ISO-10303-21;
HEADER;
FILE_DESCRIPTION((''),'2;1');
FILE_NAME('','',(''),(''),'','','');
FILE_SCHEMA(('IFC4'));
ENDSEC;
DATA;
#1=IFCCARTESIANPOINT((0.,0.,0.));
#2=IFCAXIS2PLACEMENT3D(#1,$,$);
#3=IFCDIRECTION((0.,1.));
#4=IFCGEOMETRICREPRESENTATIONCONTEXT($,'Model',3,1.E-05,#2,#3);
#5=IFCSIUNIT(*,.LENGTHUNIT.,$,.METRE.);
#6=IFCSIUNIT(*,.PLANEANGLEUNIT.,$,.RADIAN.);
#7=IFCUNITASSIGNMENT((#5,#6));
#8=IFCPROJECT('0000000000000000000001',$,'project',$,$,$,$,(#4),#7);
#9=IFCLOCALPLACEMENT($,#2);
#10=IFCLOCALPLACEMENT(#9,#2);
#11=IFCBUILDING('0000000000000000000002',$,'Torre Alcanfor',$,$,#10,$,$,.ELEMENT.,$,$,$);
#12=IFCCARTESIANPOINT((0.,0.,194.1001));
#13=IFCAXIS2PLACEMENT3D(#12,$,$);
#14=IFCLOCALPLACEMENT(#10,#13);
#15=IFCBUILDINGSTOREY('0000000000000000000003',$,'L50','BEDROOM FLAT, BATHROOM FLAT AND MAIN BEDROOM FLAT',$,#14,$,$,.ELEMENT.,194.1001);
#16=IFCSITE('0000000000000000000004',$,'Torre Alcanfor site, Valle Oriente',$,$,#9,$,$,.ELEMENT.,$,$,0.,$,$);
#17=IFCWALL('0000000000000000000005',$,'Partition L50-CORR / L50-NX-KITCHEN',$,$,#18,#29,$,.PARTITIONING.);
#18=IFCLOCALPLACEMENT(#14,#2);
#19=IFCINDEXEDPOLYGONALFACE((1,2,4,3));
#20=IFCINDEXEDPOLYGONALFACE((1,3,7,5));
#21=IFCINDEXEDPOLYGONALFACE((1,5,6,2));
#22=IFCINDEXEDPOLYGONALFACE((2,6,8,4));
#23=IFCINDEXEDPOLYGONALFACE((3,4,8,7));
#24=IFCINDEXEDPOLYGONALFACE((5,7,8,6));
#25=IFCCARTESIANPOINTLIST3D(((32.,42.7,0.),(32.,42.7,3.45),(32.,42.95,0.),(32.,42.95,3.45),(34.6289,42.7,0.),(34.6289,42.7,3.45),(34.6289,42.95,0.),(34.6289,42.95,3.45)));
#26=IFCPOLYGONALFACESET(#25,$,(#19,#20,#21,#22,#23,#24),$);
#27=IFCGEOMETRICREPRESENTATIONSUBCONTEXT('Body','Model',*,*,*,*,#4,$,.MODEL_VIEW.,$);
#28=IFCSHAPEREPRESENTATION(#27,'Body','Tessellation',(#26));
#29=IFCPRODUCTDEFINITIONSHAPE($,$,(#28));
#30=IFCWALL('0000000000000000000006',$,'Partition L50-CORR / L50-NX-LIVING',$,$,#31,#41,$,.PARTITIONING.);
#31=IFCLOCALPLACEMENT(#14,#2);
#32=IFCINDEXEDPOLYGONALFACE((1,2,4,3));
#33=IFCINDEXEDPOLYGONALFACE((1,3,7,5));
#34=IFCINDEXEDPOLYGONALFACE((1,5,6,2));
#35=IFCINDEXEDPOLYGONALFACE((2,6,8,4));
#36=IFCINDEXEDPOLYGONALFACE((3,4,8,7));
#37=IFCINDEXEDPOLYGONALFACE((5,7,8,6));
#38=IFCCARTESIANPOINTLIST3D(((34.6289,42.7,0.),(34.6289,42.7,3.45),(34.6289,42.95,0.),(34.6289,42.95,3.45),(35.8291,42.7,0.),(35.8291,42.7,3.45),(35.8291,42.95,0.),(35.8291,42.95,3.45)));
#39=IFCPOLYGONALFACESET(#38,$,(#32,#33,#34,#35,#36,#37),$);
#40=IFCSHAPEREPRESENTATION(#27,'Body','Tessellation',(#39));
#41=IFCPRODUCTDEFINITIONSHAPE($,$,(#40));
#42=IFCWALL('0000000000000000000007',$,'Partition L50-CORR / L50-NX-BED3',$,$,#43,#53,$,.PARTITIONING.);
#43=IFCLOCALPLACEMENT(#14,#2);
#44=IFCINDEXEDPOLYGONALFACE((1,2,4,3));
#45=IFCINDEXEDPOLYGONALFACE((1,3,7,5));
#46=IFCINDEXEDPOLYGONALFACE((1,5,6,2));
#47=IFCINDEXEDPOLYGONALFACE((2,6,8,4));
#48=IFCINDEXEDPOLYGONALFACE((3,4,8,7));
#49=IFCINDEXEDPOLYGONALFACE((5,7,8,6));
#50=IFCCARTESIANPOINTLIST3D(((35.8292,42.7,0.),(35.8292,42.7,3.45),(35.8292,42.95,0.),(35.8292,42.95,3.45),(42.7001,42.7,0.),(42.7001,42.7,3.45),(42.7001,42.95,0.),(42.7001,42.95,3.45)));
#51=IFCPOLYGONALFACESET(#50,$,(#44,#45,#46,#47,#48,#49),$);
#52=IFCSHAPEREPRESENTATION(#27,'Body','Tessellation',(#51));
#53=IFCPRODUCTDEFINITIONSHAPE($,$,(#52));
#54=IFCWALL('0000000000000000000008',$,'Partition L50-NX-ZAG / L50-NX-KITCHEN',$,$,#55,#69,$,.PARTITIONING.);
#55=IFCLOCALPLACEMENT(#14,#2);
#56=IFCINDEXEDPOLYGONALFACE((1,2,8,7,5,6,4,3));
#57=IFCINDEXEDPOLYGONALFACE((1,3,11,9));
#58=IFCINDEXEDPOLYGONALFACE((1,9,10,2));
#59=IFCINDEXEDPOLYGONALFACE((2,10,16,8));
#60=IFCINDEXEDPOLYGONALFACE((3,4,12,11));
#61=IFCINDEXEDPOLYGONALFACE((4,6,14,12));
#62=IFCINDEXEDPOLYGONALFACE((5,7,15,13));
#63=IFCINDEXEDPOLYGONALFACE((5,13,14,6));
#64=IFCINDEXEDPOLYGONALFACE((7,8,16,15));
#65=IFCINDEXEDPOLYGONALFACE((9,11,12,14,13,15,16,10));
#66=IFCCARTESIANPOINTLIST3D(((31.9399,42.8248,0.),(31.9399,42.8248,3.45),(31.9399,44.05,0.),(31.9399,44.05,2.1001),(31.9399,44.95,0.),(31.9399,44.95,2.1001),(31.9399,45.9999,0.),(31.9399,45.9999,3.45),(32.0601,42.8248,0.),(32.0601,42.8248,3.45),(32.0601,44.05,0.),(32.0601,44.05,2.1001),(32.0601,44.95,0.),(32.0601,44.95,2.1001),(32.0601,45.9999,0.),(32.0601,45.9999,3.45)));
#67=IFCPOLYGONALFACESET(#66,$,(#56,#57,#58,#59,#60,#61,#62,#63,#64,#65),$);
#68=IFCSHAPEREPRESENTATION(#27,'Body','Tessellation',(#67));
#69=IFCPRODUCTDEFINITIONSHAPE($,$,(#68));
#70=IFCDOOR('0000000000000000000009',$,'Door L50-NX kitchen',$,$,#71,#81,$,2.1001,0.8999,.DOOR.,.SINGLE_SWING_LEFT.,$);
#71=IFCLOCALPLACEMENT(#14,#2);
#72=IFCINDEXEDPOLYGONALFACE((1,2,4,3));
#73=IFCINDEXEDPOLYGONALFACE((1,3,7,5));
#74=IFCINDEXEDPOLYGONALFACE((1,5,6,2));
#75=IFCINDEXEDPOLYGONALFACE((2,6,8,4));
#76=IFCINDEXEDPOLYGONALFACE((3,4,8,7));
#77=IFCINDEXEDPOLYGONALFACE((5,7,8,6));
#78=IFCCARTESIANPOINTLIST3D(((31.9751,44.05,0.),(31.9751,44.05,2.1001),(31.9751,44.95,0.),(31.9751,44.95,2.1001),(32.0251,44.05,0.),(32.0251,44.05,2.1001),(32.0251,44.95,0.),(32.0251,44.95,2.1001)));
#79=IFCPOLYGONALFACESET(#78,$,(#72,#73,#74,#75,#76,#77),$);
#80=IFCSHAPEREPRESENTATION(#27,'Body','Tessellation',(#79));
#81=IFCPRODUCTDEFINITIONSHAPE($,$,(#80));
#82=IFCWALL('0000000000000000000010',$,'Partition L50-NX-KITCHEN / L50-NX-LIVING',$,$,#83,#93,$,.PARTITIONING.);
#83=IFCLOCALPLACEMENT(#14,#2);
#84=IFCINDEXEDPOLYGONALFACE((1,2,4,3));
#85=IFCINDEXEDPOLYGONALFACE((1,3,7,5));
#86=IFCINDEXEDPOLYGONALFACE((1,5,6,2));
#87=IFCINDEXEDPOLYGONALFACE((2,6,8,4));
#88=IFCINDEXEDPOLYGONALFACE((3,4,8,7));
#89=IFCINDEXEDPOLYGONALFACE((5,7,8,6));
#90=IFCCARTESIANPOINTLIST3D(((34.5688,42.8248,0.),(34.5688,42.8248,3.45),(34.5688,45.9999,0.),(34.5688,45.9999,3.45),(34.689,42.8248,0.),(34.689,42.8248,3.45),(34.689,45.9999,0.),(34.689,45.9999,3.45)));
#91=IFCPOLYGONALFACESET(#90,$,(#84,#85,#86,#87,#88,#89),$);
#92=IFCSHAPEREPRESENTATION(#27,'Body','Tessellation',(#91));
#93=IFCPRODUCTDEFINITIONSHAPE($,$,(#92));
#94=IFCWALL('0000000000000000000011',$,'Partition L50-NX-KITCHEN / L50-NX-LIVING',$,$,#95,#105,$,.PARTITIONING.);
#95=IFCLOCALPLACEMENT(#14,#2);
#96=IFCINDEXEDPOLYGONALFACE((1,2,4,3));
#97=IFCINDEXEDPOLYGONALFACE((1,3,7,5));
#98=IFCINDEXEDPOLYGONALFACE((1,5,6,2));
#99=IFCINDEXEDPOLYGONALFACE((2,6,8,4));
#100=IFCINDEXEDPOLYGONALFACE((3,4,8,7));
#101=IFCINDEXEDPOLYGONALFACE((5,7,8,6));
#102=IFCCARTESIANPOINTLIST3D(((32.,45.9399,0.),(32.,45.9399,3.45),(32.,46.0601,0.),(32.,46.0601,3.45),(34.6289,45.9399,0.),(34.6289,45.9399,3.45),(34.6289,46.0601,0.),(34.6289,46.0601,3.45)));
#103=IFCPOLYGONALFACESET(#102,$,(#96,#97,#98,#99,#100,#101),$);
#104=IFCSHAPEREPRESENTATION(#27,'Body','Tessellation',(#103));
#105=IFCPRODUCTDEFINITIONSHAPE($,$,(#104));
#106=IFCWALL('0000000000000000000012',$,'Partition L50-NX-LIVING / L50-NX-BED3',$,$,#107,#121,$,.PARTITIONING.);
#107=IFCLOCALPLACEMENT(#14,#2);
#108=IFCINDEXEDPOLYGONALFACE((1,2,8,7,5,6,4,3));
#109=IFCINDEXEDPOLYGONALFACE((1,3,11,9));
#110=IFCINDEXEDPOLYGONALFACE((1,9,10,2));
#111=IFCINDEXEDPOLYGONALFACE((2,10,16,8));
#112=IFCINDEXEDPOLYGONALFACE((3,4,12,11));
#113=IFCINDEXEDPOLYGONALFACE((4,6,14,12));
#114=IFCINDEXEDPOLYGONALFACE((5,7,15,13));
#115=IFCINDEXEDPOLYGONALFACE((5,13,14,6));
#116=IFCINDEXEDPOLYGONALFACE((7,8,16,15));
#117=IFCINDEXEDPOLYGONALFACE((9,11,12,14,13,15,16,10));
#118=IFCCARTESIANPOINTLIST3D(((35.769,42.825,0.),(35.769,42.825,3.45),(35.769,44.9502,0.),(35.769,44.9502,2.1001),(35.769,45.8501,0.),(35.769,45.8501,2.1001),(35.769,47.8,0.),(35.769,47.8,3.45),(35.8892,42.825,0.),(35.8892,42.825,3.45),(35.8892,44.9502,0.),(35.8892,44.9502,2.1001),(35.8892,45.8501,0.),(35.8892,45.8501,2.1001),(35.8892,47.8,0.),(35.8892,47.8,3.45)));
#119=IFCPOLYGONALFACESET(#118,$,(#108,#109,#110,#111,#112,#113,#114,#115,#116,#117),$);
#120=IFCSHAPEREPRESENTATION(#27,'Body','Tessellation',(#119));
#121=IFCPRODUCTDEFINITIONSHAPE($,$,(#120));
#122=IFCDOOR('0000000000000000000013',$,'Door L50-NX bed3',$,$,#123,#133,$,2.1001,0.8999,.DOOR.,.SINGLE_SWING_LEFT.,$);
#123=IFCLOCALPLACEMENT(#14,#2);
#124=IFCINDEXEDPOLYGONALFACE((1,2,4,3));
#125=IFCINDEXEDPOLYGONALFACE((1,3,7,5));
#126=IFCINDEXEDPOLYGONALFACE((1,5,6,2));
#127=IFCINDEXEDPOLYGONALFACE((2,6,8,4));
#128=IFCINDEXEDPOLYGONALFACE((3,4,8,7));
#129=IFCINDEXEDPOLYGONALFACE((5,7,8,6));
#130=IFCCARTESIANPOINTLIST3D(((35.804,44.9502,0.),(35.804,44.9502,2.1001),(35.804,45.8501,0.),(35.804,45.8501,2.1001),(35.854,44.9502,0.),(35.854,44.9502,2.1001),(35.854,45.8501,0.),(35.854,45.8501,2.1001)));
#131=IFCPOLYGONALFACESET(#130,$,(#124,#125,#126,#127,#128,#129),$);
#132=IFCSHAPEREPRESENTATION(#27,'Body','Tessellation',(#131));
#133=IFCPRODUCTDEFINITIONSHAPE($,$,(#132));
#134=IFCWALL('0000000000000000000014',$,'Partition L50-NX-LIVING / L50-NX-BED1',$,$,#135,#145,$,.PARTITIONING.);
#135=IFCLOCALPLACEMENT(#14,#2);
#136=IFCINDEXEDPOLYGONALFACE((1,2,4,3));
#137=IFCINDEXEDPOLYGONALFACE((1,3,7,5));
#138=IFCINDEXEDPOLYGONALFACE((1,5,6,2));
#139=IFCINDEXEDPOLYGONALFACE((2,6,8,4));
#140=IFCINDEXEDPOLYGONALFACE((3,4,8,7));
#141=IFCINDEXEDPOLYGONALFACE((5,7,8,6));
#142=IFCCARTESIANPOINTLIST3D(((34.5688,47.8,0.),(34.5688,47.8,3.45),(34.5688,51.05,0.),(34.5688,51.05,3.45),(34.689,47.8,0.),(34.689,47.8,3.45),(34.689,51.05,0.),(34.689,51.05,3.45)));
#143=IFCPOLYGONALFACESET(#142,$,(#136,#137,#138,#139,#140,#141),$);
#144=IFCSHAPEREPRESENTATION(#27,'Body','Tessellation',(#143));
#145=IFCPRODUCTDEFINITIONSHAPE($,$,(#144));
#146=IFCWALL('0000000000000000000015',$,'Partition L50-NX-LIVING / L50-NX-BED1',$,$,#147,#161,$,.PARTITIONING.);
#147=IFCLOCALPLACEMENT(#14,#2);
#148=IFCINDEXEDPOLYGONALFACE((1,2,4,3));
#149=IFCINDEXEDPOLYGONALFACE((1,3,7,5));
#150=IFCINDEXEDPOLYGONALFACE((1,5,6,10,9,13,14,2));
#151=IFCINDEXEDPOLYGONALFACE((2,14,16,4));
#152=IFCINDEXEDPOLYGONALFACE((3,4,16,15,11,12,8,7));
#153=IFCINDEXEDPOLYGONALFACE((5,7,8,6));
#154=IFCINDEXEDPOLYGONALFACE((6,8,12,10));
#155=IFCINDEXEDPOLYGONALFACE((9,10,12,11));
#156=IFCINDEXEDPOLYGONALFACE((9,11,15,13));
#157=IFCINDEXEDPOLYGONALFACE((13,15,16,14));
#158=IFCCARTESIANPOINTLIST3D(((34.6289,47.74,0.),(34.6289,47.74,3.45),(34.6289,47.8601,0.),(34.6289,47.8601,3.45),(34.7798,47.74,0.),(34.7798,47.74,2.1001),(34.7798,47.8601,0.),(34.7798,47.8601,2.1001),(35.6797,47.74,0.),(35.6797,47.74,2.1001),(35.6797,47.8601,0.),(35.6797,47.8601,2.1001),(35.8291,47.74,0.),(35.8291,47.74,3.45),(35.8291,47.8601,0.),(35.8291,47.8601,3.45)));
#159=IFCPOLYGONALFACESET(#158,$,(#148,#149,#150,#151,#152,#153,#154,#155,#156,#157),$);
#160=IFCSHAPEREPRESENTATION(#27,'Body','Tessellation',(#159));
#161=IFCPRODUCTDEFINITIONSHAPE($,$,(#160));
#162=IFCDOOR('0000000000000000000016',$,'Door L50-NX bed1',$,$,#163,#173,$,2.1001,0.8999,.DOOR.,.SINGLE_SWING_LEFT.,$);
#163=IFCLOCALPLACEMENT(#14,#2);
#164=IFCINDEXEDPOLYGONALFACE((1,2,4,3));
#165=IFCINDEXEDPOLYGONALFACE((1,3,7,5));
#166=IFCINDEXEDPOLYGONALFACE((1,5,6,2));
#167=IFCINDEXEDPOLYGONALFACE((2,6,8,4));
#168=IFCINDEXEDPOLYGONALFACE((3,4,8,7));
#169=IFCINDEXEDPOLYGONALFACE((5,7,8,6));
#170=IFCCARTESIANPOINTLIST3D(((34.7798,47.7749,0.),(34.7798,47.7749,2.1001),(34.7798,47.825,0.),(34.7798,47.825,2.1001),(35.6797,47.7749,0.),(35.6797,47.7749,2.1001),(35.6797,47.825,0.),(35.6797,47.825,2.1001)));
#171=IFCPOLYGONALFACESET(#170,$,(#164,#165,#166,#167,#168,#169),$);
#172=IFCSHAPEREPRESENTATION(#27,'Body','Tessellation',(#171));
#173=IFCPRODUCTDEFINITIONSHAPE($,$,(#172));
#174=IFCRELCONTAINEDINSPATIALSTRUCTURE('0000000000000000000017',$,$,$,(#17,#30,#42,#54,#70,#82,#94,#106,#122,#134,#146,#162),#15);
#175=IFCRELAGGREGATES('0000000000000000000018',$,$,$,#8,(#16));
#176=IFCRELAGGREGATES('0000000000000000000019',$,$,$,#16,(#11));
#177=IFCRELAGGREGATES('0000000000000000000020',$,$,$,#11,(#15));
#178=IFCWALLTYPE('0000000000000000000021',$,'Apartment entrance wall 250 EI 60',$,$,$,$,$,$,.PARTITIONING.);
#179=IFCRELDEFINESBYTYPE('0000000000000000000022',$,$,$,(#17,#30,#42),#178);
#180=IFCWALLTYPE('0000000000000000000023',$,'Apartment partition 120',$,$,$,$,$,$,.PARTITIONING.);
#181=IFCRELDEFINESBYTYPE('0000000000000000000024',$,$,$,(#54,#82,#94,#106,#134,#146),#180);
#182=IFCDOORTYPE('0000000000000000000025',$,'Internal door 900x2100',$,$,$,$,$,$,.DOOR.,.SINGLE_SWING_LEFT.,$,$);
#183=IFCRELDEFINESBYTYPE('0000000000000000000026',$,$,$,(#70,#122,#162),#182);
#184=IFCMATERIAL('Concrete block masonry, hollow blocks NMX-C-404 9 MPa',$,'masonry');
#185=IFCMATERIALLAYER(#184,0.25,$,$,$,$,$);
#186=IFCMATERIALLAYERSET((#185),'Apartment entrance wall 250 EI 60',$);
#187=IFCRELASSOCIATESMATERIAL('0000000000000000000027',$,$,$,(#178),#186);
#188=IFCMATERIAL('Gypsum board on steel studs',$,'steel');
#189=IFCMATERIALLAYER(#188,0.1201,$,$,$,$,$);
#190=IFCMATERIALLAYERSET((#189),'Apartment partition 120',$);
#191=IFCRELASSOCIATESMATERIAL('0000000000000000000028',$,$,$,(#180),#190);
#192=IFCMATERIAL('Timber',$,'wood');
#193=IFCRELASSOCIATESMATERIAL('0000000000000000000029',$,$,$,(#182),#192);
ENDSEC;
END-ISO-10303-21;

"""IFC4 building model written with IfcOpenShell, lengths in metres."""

from ifc_helpers import new_model, si_unit, direction, frame, frame_2d, origin, place, context, subcontext, project, spatial, rectangle, extrude, material, layer, layer_set, type_object, element, fill, save


model = new_model("IFC4")

# Units and contexts
model_context = context("Model", 3, precision=1e-05, world=origin(), true_north=direction((0.0, 1.0)))
body_context = subcontext(model_context, "Body", "Model", "MODEL_VIEW")
ifc_project = project(units=[si_unit("LENGTHUNIT", "METRE"), si_unit("PLANEANGLEUNIT", "RADIAN")], contexts=[model_context])

# Site, building, storey
site_placement = place(None, origin())
site = spatial("IfcSite", under=ifc_project, at=site_placement, Name="Torre Alcanfor site, Valle Oriente", CompositionType="ELEMENT", RefElevation=0.0)
building_placement = place(site_placement, origin())
building = spatial("IfcBuilding", under=site, at=building_placement, Name="Torre Alcanfor", CompositionType="ELEMENT")
storey_placement = place(building_placement, frame((0.0, 0.0, 194.1001)))
storey = spatial("IfcBuildingStorey", under=building, at=storey_placement, Name="L50", Description="BEDROOM FLAT, BATHROOM FLAT AND MAIN BEDROOM FLAT", CompositionType="ELEMENT", Elevation=194.1001)

# Walls
ifc_material_1 = material(Name="Concrete block masonry, hollow blocks NMX-C-404 9 MPa", Category="masonry")
ifc_layer_1 = layer(ifc_material_1, 0.25)
ifc_layer_set_1 = layer_set([ifc_layer_1], Name="Apartment entrance wall 250 EI 60")
wall_type_1 = type_object("IfcWallType", Name="Apartment entrance wall 250 EI 60", PredefinedType="PARTITIONING", material=ifc_layer_set_1)
wall_1_placement = place(storey_placement, frame((32.0, 42.825, 0.0), z_axis=(0.0, 0.0, 1.0), x_axis=(1.0, 0.0, 0.0)))
element("IfcWall", 1, at=wall_1_placement, inside=storey, type_object=wall_type_1, Name="Partition L50-CORR / L50-NX-KITCHEN", PredefinedType="PARTITIONING", context=body_context, shape_type="SweptSolid", body=[
    extrude(rectangle(XDim=2.6289, YDim=0.25, at=frame_2d((1.3145, 0.0))), origin(), (0.0, 0.0, 1.0), 3.45),
])
wall_2_placement = place(storey_placement, frame((34.6289, 42.825, 0.0), z_axis=(0.0, 0.0, 1.0), x_axis=(1.0, 0.0, 0.0)))
element("IfcWall", 2, at=wall_2_placement, inside=storey, type_object=wall_type_1, Name="Partition L50-CORR / L50-NX-LIVING", PredefinedType="PARTITIONING", context=body_context, shape_type="SweptSolid", body=[
    extrude(rectangle(XDim=1.2002, YDim=0.25, at=frame_2d((0.6001, 0.0))), origin(), (0.0, 0.0, 1.0), 3.45),
])
wall_3_placement = place(storey_placement, frame((35.8291, 42.825, 0.0), z_axis=(0.0, 0.0, 1.0), x_axis=(1.0, 0.0, 0.0)))
element("IfcWall", 3, at=wall_3_placement, inside=storey, type_object=wall_type_1, Name="Partition L50-CORR / L50-NX-BED3", PredefinedType="PARTITIONING", context=body_context, shape_type="SweptSolid", body=[
    extrude(rectangle(XDim=6.8708, YDim=0.25, at=frame_2d((3.4355, 0.0))), origin(), (0.0, 0.0, 1.0), 3.45),
])

# Wall, opening, door
ifc_material_2 = material(Name="Gypsum board on steel studs", Category="steel")
ifc_layer_2 = layer(ifc_material_2, 0.1201)
ifc_layer_set_2 = layer_set([ifc_layer_2], Name="Apartment partition 120")
wall_type_2 = type_object("IfcWallType", Name="Apartment partition 120", PredefinedType="PARTITIONING", material=ifc_layer_set_2)
wall_4_placement = place(storey_placement, frame((32.0, 42.825, 0.0), z_axis=(0.0, 0.0, 1.0), x_axis=(0.0, 1.0, 0.0)))
wall_4 = element("IfcWall", 4, at=wall_4_placement, inside=storey, type_object=wall_type_2, Name="Partition L50-NX-ZAG / L50-NX-KITCHEN", PredefinedType="PARTITIONING", context=body_context, shape_type="SweptSolid", body=[
    extrude(rectangle(XDim=3.175, YDim=0.1201, at=frame_2d((1.5874, 0.0))), origin(), (0.0, 0.0, 1.0), 3.45),
])
opening_1_placement = place(wall_4_placement, frame((1.2251, 0.0, 0.0)))
opening_1 = element("IfcOpeningElement", 5, at=opening_1_placement, cuts=wall_4, PredefinedType="OPENING", context=body_context, shape_type="SweptSolid", body=[
    extrude(rectangle(XDim=0.8999, YDim=2.1001, at=frame_2d((0.45, 1.05))), frame((0.0, 0.0701, 0.0), z_axis=(0.0, -1.0, 0.0), x_axis=(1.0, 0.0, 0.0)), (0.0, 0.0, 1.0), 0.1401),
])
ifc_material_3 = material(Name="Timber", Category="wood")
door_type_1 = type_object("IfcDoorType", Name="Internal door 900x2100", OperationType="SINGLE_SWING_LEFT", PredefinedType="DOOR", material=ifc_material_3)
door_1_placement = place(opening_1_placement, frame((0.8999, 0.0, 0.0), z_axis=(0.0, 0.0, 1.0), x_axis=(-1.0, 0.0, 0.0)))
door_1 = element("IfcDoor", 6, at=door_1_placement, inside=storey, type_object=door_type_1, Name="Door L50-NX kitchen", OperationType="SINGLE_SWING_LEFT", OverallHeight=2.1001, OverallWidth=0.8999, PredefinedType="DOOR", context=body_context, shape_type="SweptSolid", body=[
    extrude(rectangle(XDim=0.8999, YDim=2.1001, at=frame_2d((0.45, 1.05))), frame((0.0, 0.0251, 0.0), z_axis=(0.0, -1.0, 0.0), x_axis=(1.0, 0.0, 0.0)), (0.0, 0.0, 1.0), 0.05),
])
fill(opening_1, door_1)

# Walls
wall_5_placement = place(storey_placement, frame((34.6289, 42.825, 0.0), z_axis=(0.0, 0.0, 1.0), x_axis=(0.0, 1.0, 0.0)))
element("IfcWall", 7, at=wall_5_placement, inside=storey, type_object=wall_type_2, Name="Partition L50-NX-KITCHEN / L50-NX-LIVING", PredefinedType="PARTITIONING", context=body_context, shape_type="SweptSolid", body=[
    extrude(rectangle(XDim=3.175, YDim=0.1201, at=frame_2d((1.5874, 0.0))), origin(), (0.0, 0.0, 1.0), 3.45),
])
wall_6_placement = place(storey_placement, frame((34.6289, 46.0, 0.0), z_axis=(0.0, 0.0, 1.0), x_axis=(-1.0, 0.0, 0.0)))
element("IfcWall", 8, at=wall_6_placement, inside=storey, type_object=wall_type_2, Name="Partition L50-NX-KITCHEN / L50-NX-LIVING", PredefinedType="PARTITIONING", context=body_context, shape_type="SweptSolid", body=[
    extrude(rectangle(XDim=2.6289, YDim=0.1201, at=frame_2d((1.3145, 0.0))), origin(), (0.0, 0.0, 1.0), 3.45),
])

# Wall, opening, door
wall_7_placement = place(storey_placement, frame((35.8291, 47.8, 0.0), z_axis=(0.0, 0.0, 1.0), x_axis=(0.0, -1.0, 0.0)))
wall_7 = element("IfcWall", 9, at=wall_7_placement, inside=storey, type_object=wall_type_2, Name="Partition L50-NX-LIVING / L50-NX-BED3", PredefinedType="PARTITIONING", context=body_context, shape_type="SweptSolid", body=[
    extrude(rectangle(XDim=4.9751, YDim=0.1201, at=frame_2d((2.4875, 0.0))), origin(), (0.0, 0.0, 1.0), 3.45),
])
opening_2_placement = place(wall_7_placement, frame((1.95, 0.0, 0.0)))
opening_2 = element("IfcOpeningElement", 10, at=opening_2_placement, cuts=wall_7, PredefinedType="OPENING", context=body_context, shape_type="SweptSolid", body=[
    extrude(rectangle(XDim=0.8999, YDim=2.1001, at=frame_2d((0.45, 1.05))), frame((0.0, 0.0701, 0.0), z_axis=(0.0, -1.0, 0.0), x_axis=(1.0, 0.0, 0.0)), (0.0, 0.0, 1.0), 0.1401),
])
door_2_placement = place(opening_2_placement, origin())
door_2 = element("IfcDoor", 11, at=door_2_placement, inside=storey, type_object=door_type_1, Name="Door L50-NX bed3", OperationType="SINGLE_SWING_LEFT", OverallHeight=2.1001, OverallWidth=0.8999, PredefinedType="DOOR", context=body_context, shape_type="SweptSolid", body=[
    extrude(rectangle(XDim=0.8999, YDim=2.1001, at=frame_2d((0.45, 1.05))), frame((0.0, 0.0249, 0.0), z_axis=(0.0, -1.0, 0.0), x_axis=(1.0, 0.0, 0.0)), (0.0, 0.0, 1.0), 0.05),
])
fill(opening_2, door_2)

# Wall
wall_8_placement = place(storey_placement, frame((34.6289, 51.05, 0.0), z_axis=(0.0, 0.0, 1.0), x_axis=(0.0, -1.0, 0.0)))
element("IfcWall", 12, at=wall_8_placement, inside=storey, type_object=wall_type_2, Name="Partition L50-NX-LIVING / L50-NX-BED1", PredefinedType="PARTITIONING", context=body_context, shape_type="SweptSolid", body=[
    extrude(rectangle(XDim=3.25, YDim=0.1201, at=frame_2d((1.625, 0.0))), origin(), (0.0, 0.0, 1.0), 3.45),
])

# Wall, opening, door
wall_9_placement = place(storey_placement, frame((34.6289, 47.8, 0.0), z_axis=(0.0, 0.0, 1.0), x_axis=(1.0, 0.0, 0.0)))
wall_9 = element("IfcWall", 13, at=wall_9_placement, inside=storey, type_object=wall_type_2, Name="Partition L50-NX-LIVING / L50-NX-BED1", PredefinedType="PARTITIONING", context=body_context, shape_type="SweptSolid", body=[
    extrude(rectangle(XDim=1.2002, YDim=0.1201, at=frame_2d((0.6001, 0.0))), origin(), (0.0, 0.0, 1.0), 3.45),
])
opening_3_placement = place(wall_9_placement, frame((0.1509, 0.0, 0.0)))
opening_3 = element("IfcOpeningElement", 14, at=opening_3_placement, cuts=wall_9, PredefinedType="OPENING", context=body_context, shape_type="SweptSolid", body=[
    extrude(rectangle(XDim=0.8999, YDim=2.1001, at=frame_2d((0.45, 1.05))), frame((0.0, 0.0701, 0.0), z_axis=(0.0, -1.0, 0.0), x_axis=(1.0, 0.0, 0.0)), (0.0, 0.0, 1.0), 0.1401),
])
door_3_placement = place(opening_3_placement, origin())
door_3 = element("IfcDoor", 15, at=door_3_placement, inside=storey, type_object=door_type_1, Name="Door L50-NX bed1", OperationType="SINGLE_SWING_LEFT", OverallHeight=2.1001, OverallWidth=0.8999, PredefinedType="DOOR", context=body_context, shape_type="SweptSolid", body=[
    extrude(rectangle(XDim=0.8999, YDim=2.1001, at=frame_2d((0.45, 1.05))), frame((0.0, 0.0249, 0.0), z_axis=(0.0, -1.0, 0.0), x_axis=(1.0, 0.0, 0.0)), (0.0, 0.0, 1.0), 0.05),
])
fill(opening_3, door_3)

save(model, "model.ifc")
